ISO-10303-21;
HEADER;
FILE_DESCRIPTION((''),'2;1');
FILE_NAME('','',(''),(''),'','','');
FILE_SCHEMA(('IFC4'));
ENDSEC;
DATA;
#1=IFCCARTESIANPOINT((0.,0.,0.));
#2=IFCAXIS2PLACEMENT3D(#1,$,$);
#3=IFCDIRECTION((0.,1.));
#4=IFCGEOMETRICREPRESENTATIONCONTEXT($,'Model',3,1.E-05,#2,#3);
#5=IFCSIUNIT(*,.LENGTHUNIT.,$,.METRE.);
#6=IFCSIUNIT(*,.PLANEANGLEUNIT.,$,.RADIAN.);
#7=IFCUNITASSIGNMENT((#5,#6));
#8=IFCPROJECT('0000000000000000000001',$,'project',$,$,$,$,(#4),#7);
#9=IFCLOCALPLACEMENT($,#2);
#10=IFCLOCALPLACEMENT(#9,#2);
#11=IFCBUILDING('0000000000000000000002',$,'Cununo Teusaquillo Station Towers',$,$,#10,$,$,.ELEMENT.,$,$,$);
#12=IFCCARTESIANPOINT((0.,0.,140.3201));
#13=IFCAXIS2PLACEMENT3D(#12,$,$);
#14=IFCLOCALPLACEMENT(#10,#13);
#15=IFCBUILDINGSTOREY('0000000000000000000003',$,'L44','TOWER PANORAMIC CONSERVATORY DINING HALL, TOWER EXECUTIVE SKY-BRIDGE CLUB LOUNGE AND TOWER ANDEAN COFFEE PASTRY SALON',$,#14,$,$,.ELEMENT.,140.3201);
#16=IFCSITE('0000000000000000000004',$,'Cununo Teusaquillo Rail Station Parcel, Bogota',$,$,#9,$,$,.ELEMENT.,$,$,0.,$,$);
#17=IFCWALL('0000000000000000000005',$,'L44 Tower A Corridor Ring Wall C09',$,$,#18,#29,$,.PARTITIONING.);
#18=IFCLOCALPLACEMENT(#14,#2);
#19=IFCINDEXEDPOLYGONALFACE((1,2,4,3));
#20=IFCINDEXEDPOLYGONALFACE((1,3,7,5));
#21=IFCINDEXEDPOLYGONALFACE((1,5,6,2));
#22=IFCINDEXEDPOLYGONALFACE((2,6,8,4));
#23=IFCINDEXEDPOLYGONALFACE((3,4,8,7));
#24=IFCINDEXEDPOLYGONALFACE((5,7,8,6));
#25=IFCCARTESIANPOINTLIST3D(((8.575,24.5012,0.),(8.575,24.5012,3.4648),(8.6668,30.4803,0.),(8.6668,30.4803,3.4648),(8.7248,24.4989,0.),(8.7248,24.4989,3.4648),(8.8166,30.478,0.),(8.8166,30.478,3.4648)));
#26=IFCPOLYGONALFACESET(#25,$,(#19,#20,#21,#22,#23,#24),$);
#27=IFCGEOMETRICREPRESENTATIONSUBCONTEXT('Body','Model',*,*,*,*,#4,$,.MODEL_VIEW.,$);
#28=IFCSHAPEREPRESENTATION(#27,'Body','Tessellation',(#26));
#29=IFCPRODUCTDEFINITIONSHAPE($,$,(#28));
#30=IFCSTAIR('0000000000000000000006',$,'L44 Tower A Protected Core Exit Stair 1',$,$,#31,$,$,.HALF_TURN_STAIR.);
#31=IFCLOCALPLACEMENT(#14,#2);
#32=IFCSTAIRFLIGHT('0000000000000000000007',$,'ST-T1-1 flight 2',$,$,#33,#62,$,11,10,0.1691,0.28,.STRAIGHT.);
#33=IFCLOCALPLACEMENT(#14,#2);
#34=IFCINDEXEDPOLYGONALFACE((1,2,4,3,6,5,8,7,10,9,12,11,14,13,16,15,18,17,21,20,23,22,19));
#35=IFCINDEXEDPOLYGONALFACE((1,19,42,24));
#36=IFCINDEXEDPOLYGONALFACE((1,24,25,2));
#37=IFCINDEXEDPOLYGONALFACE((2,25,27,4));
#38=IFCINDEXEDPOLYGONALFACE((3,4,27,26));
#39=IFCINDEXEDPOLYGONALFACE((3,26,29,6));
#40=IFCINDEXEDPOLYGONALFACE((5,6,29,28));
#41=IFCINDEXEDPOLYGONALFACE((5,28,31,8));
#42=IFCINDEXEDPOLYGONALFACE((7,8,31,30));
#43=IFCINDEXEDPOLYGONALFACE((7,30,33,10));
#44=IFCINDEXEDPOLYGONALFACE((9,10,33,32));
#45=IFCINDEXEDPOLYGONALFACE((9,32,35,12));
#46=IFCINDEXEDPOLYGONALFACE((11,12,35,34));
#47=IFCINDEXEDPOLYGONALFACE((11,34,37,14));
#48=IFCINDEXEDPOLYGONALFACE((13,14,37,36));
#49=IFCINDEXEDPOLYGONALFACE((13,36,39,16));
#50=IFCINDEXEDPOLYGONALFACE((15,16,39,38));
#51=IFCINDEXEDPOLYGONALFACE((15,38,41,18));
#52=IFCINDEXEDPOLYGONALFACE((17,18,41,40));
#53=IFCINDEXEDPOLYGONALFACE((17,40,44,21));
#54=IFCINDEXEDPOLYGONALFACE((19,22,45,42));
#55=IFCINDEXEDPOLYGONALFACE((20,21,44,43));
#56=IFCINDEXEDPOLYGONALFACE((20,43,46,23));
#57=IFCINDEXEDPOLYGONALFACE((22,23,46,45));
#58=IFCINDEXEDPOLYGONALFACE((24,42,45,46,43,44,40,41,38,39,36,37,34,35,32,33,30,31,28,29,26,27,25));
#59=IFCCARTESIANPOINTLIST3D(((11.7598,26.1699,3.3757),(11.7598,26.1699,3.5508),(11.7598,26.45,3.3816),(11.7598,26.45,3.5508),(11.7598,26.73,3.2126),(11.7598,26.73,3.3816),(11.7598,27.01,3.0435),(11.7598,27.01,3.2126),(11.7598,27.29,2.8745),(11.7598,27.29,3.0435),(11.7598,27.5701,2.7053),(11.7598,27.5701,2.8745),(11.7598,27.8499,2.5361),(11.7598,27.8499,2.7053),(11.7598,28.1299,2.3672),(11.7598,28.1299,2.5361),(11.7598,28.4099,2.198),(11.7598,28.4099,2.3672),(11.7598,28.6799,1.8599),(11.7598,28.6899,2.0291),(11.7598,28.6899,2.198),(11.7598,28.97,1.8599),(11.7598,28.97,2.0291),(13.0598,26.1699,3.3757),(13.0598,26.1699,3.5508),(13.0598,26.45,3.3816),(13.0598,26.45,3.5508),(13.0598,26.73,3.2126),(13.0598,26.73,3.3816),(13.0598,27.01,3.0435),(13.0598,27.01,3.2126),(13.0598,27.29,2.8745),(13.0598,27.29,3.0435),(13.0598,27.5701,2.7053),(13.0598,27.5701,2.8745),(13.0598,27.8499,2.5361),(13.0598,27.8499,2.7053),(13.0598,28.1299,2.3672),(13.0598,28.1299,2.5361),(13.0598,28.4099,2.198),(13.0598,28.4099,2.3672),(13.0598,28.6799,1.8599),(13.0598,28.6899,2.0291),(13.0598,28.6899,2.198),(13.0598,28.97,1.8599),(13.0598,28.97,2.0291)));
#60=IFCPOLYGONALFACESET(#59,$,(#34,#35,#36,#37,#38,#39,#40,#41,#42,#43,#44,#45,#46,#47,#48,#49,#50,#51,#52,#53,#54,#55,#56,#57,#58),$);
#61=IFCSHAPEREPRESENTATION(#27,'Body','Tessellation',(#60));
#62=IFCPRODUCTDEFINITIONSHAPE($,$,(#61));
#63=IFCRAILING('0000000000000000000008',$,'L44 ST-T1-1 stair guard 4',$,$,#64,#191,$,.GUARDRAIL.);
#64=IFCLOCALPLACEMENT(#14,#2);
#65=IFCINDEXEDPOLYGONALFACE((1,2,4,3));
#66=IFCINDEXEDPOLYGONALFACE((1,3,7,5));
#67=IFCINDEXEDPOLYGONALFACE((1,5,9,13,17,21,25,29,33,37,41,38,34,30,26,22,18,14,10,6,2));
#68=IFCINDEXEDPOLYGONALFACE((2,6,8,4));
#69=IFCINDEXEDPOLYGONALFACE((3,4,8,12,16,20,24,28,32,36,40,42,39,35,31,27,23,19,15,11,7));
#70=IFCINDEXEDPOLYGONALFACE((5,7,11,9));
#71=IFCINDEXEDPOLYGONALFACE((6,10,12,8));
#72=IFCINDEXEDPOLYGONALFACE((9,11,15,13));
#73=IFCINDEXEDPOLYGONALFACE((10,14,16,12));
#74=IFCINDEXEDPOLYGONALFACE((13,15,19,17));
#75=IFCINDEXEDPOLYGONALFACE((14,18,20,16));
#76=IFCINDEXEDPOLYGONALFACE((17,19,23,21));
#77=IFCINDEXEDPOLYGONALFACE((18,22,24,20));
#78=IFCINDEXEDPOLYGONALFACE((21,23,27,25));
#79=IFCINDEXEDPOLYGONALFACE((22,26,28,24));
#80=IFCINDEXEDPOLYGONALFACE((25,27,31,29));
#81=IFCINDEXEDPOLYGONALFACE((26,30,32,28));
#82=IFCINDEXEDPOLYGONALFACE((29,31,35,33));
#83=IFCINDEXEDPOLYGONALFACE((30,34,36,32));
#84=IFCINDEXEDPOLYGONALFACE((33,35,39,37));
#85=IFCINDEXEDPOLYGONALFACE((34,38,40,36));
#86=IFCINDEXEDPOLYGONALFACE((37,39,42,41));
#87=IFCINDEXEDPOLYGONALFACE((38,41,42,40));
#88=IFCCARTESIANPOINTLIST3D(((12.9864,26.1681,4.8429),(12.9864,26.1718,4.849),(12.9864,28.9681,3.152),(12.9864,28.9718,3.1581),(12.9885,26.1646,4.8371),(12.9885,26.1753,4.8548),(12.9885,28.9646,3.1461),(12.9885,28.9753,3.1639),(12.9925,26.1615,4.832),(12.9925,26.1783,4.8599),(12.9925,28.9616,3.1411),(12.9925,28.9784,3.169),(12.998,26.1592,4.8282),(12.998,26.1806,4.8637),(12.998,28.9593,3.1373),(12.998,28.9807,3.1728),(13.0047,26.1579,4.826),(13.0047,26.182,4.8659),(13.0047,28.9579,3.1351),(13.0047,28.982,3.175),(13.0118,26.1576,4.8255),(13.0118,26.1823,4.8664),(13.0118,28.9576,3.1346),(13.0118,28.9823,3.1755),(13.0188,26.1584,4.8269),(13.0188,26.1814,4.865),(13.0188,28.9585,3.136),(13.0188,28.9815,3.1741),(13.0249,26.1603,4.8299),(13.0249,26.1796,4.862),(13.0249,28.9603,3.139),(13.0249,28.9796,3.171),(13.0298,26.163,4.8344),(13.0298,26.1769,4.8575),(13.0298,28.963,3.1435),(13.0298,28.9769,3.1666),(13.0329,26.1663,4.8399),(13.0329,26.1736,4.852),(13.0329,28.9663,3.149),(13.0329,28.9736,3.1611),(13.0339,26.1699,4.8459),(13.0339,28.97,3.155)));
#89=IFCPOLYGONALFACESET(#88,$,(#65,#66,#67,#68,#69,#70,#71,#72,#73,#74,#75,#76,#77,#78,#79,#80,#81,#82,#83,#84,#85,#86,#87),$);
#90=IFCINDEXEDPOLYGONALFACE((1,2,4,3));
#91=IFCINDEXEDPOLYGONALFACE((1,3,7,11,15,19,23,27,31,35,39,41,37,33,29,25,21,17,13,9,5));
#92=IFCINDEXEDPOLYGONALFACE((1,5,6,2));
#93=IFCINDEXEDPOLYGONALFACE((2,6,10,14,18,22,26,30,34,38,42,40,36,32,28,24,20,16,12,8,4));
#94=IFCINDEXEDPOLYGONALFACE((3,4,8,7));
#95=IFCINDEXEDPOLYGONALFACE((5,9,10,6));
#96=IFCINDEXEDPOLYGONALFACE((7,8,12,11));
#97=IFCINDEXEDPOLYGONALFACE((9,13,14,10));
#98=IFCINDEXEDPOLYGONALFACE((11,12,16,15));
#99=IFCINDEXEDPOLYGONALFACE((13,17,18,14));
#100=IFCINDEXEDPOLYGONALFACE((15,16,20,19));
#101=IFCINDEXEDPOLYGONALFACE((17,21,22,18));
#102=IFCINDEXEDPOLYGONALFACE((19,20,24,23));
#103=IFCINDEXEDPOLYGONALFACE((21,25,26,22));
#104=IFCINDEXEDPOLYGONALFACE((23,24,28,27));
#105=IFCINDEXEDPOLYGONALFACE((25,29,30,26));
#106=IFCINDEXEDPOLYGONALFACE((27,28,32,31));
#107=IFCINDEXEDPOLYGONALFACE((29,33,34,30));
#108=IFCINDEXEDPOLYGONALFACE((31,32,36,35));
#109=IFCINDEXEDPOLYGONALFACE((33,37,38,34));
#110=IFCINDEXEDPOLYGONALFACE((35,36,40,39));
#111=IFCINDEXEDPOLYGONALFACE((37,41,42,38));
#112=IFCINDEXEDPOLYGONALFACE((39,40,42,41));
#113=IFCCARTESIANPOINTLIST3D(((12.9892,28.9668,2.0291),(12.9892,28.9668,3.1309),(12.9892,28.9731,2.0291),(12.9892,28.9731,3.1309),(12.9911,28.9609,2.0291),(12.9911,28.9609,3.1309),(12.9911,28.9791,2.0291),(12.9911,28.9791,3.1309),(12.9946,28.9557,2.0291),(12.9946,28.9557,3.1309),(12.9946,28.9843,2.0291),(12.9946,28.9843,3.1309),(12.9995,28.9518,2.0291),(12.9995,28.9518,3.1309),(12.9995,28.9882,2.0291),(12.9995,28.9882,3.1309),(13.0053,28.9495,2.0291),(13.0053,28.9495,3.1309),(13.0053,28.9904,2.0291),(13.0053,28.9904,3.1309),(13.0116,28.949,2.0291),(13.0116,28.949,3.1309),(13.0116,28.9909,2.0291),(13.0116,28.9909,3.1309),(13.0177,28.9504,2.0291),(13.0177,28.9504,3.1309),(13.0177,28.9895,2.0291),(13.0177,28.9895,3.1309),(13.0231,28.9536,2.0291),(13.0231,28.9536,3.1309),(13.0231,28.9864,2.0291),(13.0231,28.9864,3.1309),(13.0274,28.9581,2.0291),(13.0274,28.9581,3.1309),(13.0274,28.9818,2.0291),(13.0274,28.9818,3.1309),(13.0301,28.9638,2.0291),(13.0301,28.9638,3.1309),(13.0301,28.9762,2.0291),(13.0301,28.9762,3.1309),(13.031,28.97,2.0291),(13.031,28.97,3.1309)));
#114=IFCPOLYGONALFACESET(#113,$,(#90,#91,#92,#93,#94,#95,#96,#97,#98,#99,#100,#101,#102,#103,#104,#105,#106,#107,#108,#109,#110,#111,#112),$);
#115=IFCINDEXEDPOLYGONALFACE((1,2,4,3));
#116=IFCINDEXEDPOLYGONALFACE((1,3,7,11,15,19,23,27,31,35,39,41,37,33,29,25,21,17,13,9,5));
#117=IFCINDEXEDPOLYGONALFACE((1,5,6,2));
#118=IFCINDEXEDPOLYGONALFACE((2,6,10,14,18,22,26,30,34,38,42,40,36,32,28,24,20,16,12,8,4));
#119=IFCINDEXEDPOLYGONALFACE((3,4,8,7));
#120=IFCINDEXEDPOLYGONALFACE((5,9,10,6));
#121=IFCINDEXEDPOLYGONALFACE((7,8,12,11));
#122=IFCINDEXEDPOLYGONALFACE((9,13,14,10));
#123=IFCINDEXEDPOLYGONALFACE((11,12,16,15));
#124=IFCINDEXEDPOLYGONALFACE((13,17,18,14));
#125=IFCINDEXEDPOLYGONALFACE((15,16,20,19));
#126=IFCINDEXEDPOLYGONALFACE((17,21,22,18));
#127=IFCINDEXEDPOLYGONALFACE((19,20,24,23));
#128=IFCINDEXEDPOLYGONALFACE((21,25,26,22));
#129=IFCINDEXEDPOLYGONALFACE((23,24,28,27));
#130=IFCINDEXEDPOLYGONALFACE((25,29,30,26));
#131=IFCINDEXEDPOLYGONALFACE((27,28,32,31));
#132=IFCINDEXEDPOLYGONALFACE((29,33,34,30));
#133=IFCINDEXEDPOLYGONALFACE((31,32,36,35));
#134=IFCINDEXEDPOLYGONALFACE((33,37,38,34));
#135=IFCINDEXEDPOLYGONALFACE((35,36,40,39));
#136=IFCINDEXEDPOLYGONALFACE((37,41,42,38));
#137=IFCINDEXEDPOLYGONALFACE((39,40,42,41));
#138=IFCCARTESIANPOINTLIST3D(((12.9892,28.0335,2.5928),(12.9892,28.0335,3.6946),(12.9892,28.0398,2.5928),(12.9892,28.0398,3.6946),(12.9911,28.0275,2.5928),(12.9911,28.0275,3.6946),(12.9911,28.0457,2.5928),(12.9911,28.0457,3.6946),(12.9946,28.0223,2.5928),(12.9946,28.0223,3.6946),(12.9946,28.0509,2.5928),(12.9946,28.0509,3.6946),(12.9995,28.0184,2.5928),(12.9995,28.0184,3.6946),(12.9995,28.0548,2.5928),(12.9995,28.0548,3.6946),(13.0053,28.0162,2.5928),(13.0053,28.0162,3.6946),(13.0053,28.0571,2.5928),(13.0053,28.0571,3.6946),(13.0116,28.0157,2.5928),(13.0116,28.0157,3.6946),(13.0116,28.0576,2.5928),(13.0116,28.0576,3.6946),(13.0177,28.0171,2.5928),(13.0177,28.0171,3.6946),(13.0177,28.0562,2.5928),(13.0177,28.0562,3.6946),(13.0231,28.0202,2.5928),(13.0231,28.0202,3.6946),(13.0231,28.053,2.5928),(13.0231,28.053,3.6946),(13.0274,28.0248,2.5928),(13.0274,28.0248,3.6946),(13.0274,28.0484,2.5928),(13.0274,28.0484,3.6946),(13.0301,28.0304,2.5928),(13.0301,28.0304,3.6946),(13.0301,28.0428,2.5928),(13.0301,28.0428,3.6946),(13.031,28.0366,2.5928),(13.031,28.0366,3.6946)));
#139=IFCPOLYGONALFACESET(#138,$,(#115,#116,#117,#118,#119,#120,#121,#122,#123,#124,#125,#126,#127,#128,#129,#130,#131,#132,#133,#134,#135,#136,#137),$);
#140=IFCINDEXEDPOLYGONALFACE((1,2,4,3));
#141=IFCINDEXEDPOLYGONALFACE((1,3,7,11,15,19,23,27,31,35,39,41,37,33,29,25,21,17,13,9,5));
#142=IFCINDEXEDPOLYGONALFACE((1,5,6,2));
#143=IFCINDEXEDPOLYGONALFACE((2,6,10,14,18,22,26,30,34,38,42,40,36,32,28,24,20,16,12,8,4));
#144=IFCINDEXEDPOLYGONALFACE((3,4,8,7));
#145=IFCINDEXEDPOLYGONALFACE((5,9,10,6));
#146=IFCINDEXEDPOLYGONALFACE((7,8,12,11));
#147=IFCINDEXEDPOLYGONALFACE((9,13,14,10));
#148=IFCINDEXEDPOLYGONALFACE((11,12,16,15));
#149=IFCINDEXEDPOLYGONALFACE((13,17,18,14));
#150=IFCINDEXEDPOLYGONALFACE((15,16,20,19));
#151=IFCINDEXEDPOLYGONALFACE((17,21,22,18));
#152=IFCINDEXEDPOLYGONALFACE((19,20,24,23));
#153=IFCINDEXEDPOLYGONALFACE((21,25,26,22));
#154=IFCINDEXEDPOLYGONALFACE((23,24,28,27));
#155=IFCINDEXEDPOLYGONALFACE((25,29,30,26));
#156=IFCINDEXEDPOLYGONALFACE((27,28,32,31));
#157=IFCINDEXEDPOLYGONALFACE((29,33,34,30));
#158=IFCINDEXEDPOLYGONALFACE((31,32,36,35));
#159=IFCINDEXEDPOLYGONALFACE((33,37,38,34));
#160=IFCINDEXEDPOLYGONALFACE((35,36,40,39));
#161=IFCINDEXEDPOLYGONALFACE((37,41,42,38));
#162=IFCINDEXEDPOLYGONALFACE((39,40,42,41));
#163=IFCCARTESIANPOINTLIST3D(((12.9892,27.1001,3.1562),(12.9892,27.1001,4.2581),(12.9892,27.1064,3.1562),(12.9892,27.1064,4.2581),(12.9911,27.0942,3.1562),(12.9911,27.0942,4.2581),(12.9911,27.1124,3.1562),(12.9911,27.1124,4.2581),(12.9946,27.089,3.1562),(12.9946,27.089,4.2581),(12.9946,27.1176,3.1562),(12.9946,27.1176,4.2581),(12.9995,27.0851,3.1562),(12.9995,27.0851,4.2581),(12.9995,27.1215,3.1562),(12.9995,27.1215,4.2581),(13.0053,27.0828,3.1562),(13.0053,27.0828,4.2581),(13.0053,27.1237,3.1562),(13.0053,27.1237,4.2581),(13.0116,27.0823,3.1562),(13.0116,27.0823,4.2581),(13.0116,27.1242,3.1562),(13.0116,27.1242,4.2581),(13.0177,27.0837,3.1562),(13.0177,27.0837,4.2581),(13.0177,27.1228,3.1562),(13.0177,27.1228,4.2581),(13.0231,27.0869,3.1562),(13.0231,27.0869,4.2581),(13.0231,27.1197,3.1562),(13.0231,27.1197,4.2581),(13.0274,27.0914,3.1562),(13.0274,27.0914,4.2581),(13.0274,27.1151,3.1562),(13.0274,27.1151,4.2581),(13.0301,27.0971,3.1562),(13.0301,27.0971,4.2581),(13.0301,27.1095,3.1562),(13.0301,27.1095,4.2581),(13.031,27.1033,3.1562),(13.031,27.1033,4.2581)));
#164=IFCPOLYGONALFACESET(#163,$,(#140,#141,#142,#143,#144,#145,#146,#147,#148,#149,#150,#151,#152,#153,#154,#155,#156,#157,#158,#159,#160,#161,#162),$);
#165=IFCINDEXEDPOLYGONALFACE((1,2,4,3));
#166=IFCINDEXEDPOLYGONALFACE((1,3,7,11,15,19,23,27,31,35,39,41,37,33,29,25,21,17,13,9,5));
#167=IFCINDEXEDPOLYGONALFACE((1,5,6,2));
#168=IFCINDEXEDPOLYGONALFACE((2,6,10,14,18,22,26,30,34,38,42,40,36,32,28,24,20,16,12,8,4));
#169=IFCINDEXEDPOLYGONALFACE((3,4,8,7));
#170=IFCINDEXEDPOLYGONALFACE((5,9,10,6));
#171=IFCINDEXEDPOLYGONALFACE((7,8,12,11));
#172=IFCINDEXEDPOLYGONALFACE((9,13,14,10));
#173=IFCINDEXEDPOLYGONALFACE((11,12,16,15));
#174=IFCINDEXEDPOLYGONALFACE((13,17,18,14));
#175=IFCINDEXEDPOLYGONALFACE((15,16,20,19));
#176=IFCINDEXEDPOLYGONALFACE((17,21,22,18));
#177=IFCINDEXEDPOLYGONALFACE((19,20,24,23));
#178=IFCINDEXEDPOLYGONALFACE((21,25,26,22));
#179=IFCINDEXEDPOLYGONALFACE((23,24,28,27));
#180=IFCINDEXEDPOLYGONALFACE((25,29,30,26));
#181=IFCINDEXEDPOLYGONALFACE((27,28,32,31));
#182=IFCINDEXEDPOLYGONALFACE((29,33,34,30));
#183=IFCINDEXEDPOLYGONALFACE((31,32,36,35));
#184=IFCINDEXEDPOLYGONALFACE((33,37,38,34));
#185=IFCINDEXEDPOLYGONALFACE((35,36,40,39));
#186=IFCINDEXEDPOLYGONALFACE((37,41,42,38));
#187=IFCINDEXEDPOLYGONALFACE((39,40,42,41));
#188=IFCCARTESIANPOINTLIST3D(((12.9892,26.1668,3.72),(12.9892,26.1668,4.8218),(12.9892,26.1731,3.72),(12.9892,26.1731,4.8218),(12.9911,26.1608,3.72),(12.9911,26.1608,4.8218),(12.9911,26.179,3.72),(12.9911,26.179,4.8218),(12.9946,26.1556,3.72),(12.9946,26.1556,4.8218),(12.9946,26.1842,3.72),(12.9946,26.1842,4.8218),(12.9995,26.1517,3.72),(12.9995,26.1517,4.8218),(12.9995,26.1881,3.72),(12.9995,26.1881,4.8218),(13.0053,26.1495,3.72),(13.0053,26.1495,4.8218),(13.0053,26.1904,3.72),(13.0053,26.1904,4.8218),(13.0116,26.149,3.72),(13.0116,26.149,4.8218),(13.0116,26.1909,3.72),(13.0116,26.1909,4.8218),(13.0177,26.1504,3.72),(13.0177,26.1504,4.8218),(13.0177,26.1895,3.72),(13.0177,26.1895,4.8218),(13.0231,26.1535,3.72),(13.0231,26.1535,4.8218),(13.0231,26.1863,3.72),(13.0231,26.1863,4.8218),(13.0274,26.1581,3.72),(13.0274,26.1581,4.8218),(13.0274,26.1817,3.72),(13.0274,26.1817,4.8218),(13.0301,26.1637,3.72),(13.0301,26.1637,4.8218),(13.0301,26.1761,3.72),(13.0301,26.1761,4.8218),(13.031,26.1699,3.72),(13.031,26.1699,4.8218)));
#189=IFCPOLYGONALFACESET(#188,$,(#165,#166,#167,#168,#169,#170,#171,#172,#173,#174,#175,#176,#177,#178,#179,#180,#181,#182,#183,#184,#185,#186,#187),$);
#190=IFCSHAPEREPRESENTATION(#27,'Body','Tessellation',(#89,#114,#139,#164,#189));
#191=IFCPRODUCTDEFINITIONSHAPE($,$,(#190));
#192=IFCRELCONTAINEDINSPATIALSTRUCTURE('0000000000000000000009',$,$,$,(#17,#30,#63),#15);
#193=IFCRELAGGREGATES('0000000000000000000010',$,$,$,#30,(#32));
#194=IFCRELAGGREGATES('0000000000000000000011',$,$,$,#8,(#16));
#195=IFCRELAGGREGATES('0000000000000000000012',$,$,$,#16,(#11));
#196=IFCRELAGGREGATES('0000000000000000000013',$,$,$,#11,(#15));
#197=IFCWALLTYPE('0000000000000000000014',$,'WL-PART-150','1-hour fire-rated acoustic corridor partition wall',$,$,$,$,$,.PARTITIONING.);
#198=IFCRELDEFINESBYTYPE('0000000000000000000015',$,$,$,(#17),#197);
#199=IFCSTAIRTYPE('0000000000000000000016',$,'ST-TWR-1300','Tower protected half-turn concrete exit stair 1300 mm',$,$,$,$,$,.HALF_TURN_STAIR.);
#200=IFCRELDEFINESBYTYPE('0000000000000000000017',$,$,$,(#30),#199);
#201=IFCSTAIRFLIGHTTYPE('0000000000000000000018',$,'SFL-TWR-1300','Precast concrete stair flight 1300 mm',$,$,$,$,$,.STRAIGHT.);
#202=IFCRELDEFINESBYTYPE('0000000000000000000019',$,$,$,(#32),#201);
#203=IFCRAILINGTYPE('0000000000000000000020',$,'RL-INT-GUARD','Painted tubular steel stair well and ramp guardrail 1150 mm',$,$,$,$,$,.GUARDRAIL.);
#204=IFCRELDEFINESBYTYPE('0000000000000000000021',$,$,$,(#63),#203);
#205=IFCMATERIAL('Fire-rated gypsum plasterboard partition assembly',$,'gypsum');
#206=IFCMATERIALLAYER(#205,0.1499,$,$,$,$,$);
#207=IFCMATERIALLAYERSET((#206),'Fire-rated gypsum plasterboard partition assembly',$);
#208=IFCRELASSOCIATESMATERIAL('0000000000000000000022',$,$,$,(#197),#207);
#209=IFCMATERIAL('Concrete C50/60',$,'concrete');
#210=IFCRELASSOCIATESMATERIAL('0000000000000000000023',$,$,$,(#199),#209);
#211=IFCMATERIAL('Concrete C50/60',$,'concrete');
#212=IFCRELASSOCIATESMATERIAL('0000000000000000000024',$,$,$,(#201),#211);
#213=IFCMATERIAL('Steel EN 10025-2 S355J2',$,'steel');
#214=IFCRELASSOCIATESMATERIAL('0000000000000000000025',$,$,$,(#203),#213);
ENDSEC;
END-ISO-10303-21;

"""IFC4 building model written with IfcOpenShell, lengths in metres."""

from ifc_helpers import new_model, si_unit, direction, frame, frame_2d, origin, origin_2d, place, context, subcontext, project, spatial, polyline, rectangle, circle, outline, extrude, material, layer, layer_set, type_object, element, aggregate, save


model = new_model("IFC4")

# Units and contexts
model_context = context("Model", 3, precision=1e-05, world=origin(), true_north=direction((0.0, 1.0)))
body_context = subcontext(model_context, "Body", "Model", "MODEL_VIEW")
ifc_project = project(units=[si_unit("LENGTHUNIT", "METRE"), si_unit("PLANEANGLEUNIT", "RADIAN")], contexts=[model_context])

# Site, building, storey
site_placement = place(None, origin())
site = spatial("IfcSite", under=ifc_project, at=site_placement, Name="Cununo Teusaquillo Rail Station Parcel, Bogota", CompositionType="ELEMENT", RefElevation=0.0)
building_placement = place(site_placement, origin())
building = spatial("IfcBuilding", under=site, at=building_placement, Name="Cununo Teusaquillo Station Towers", CompositionType="ELEMENT")
storey_placement = place(building_placement, frame((0.0, 0.0, 140.3201)))
storey = spatial("IfcBuildingStorey", under=building, at=storey_placement, Name="L44", Description="TOWER PANORAMIC CONSERVATORY DINING HALL, TOWER EXECUTIVE SKY-BRIDGE CLUB LOUNGE AND TOWER ANDEAN COFFEE PASTRY SALON", CompositionType="ELEMENT", Elevation=140.3201)

# Wall
ifc_material_1 = material(Name="Fire-rated gypsum plasterboard partition assembly", Category="gypsum")
ifc_layer_1 = layer(ifc_material_1, 0.1499)
ifc_layer_set_1 = layer_set([ifc_layer_1], Name="Fire-rated gypsum plasterboard partition assembly")
wall_type_1 = type_object("IfcWallType", Name="WL-PART-150", Description="1-hour fire-rated acoustic corridor partition wall", PredefinedType="PARTITIONING", material=ifc_layer_set_1)
wall_1_placement = place(storey_placement, frame((8.7417, 30.479, 0.0), z_axis=(0.0, 0.0, 1.0), x_axis=(-0.015351, -0.999882, 0.0)))
element("IfcWall", 1, at=wall_1_placement, inside=storey, type_object=wall_type_1, Name="L44 Tower A Corridor Ring Wall C09", PredefinedType="PARTITIONING", context=body_context, shape_type="SweptSolid", body=[
    extrude(rectangle(XDim=5.9797, YDim=0.1499, at=frame_2d((2.9897, 0.0))), origin(), (0.0, 0.0, 1.0), 3.4648),
])

# Stair, stair flight
ifc_material_2 = material(Name="Concrete C50/60", Category="concrete")
stair_type = type_object("IfcStairType", Name="ST-TWR-1300", Description="Tower protected half-turn concrete exit stair 1300 mm", PredefinedType="HALF_TURN_STAIR", material=ifc_material_2)
stair_placement = place(storey_placement, origin())
stair = element("IfcStair", 2, at=stair_placement, inside=storey, type_object=stair_type, Name="L44 Tower A Protected Core Exit Stair 1", PredefinedType="HALF_TURN_STAIR")
ifc_material_3 = material(Name="Concrete C50/60", Category="concrete")
stair_flight_type = type_object("IfcStairFlightType", Name="SFL-TWR-1300", Description="Precast concrete stair flight 1300 mm", PredefinedType="STRAIGHT", material=ifc_material_3)
stair_flight_placement = place(storey_placement, frame((12.4099, 28.97, 1.8599), z_axis=(0.0, 0.0, 1.0), x_axis=(0.0, -1.0, 0.0)))
stair_flight = element("IfcStairFlight", 3, at=stair_flight_placement, type_object=stair_flight_type, Name="ST-T1-1 flight 2", NumberOfRisers=11, NumberOfTreads=10, PredefinedType="STRAIGHT", RiserHeight=0.1691, TreadLength=0.28, context=body_context, shape_type="SweptSolid", body=[
    extrude(outline(polyline([(0.0, 0.0), (0.0, 0.1692), (0.28, 0.1692), (0.28, 0.3381), (0.5601, 0.3381), (0.5601, 0.5073), (0.8401, 0.5073), (0.8401, 0.6763), (1.1201, 0.6763), (1.1201, 0.8455), (1.3999, 0.8455), (1.3999, 1.0146), (1.6799, 1.0146), (1.6799, 1.1836), (1.96, 1.1836), (1.96, 1.3528), (2.24, 1.3528), (2.24, 1.5217), (2.52, 1.5217), (2.52, 1.6909), (2.8, 1.6909), (2.8, 1.8601), (2.8, 1.5159), (0.29, 0.0), (0.0, 0.0)])), frame((0.0, 0.6499, 0.0), z_axis=(0.0, -1.0, 0.0), x_axis=(1.0, 0.0, 0.0)), (0.0, 0.0, 1.0), 1.3),
])
aggregate(stair, [stair_flight])

# Railing
ifc_material_4 = material(Name="Steel EN 10025-2 S355J2", Category="steel")
railing_type_1 = type_object("IfcRailingType", Name="RL-INT-GUARD", Description="Painted tubular steel stair well and ramp guardrail 1150 mm", PredefinedType="GUARDRAIL", material=ifc_material_4)
railing_1_placement = place(storey_placement, frame((13.01, 28.97, 2.0291)))
element("IfcRailing", 4, at=railing_1_placement, inside=storey, type_object=railing_type_1, Name="L44 ST-T1-1 stair guard 4", PredefinedType="GUARDRAIL", context=body_context, shape_type="SweptSolid", body=[
    extrude(circle(Radius=0.0239, at=origin_2d()), frame((0.0, 0.0, 1.126), z_axis=(0.0, -0.856021, 0.516941), x_axis=(1.0, 0.0, 0.0)), (0.0, 0.0, 1.0), 3.271),
    extrude(circle(Radius=0.021, at=origin_2d()), origin(), (0.0, 0.0, 1.0), 1.1018),
    extrude(circle(Radius=0.021, at=origin_2d()), frame((0.0, -0.9333, 0.5637)), (0.0, 0.0, 1.0), 1.1018),
    extrude(circle(Radius=0.021, at=origin_2d()), frame((0.0, -1.8667, 1.1272)), (0.0, 0.0, 1.0), 1.1018),
    extrude(circle(Radius=0.021, at=origin_2d()), frame((0.0, -2.8, 1.6909)), (0.0, 0.0, 1.0), 1.1018),
])

save(model, "model.ifc")
